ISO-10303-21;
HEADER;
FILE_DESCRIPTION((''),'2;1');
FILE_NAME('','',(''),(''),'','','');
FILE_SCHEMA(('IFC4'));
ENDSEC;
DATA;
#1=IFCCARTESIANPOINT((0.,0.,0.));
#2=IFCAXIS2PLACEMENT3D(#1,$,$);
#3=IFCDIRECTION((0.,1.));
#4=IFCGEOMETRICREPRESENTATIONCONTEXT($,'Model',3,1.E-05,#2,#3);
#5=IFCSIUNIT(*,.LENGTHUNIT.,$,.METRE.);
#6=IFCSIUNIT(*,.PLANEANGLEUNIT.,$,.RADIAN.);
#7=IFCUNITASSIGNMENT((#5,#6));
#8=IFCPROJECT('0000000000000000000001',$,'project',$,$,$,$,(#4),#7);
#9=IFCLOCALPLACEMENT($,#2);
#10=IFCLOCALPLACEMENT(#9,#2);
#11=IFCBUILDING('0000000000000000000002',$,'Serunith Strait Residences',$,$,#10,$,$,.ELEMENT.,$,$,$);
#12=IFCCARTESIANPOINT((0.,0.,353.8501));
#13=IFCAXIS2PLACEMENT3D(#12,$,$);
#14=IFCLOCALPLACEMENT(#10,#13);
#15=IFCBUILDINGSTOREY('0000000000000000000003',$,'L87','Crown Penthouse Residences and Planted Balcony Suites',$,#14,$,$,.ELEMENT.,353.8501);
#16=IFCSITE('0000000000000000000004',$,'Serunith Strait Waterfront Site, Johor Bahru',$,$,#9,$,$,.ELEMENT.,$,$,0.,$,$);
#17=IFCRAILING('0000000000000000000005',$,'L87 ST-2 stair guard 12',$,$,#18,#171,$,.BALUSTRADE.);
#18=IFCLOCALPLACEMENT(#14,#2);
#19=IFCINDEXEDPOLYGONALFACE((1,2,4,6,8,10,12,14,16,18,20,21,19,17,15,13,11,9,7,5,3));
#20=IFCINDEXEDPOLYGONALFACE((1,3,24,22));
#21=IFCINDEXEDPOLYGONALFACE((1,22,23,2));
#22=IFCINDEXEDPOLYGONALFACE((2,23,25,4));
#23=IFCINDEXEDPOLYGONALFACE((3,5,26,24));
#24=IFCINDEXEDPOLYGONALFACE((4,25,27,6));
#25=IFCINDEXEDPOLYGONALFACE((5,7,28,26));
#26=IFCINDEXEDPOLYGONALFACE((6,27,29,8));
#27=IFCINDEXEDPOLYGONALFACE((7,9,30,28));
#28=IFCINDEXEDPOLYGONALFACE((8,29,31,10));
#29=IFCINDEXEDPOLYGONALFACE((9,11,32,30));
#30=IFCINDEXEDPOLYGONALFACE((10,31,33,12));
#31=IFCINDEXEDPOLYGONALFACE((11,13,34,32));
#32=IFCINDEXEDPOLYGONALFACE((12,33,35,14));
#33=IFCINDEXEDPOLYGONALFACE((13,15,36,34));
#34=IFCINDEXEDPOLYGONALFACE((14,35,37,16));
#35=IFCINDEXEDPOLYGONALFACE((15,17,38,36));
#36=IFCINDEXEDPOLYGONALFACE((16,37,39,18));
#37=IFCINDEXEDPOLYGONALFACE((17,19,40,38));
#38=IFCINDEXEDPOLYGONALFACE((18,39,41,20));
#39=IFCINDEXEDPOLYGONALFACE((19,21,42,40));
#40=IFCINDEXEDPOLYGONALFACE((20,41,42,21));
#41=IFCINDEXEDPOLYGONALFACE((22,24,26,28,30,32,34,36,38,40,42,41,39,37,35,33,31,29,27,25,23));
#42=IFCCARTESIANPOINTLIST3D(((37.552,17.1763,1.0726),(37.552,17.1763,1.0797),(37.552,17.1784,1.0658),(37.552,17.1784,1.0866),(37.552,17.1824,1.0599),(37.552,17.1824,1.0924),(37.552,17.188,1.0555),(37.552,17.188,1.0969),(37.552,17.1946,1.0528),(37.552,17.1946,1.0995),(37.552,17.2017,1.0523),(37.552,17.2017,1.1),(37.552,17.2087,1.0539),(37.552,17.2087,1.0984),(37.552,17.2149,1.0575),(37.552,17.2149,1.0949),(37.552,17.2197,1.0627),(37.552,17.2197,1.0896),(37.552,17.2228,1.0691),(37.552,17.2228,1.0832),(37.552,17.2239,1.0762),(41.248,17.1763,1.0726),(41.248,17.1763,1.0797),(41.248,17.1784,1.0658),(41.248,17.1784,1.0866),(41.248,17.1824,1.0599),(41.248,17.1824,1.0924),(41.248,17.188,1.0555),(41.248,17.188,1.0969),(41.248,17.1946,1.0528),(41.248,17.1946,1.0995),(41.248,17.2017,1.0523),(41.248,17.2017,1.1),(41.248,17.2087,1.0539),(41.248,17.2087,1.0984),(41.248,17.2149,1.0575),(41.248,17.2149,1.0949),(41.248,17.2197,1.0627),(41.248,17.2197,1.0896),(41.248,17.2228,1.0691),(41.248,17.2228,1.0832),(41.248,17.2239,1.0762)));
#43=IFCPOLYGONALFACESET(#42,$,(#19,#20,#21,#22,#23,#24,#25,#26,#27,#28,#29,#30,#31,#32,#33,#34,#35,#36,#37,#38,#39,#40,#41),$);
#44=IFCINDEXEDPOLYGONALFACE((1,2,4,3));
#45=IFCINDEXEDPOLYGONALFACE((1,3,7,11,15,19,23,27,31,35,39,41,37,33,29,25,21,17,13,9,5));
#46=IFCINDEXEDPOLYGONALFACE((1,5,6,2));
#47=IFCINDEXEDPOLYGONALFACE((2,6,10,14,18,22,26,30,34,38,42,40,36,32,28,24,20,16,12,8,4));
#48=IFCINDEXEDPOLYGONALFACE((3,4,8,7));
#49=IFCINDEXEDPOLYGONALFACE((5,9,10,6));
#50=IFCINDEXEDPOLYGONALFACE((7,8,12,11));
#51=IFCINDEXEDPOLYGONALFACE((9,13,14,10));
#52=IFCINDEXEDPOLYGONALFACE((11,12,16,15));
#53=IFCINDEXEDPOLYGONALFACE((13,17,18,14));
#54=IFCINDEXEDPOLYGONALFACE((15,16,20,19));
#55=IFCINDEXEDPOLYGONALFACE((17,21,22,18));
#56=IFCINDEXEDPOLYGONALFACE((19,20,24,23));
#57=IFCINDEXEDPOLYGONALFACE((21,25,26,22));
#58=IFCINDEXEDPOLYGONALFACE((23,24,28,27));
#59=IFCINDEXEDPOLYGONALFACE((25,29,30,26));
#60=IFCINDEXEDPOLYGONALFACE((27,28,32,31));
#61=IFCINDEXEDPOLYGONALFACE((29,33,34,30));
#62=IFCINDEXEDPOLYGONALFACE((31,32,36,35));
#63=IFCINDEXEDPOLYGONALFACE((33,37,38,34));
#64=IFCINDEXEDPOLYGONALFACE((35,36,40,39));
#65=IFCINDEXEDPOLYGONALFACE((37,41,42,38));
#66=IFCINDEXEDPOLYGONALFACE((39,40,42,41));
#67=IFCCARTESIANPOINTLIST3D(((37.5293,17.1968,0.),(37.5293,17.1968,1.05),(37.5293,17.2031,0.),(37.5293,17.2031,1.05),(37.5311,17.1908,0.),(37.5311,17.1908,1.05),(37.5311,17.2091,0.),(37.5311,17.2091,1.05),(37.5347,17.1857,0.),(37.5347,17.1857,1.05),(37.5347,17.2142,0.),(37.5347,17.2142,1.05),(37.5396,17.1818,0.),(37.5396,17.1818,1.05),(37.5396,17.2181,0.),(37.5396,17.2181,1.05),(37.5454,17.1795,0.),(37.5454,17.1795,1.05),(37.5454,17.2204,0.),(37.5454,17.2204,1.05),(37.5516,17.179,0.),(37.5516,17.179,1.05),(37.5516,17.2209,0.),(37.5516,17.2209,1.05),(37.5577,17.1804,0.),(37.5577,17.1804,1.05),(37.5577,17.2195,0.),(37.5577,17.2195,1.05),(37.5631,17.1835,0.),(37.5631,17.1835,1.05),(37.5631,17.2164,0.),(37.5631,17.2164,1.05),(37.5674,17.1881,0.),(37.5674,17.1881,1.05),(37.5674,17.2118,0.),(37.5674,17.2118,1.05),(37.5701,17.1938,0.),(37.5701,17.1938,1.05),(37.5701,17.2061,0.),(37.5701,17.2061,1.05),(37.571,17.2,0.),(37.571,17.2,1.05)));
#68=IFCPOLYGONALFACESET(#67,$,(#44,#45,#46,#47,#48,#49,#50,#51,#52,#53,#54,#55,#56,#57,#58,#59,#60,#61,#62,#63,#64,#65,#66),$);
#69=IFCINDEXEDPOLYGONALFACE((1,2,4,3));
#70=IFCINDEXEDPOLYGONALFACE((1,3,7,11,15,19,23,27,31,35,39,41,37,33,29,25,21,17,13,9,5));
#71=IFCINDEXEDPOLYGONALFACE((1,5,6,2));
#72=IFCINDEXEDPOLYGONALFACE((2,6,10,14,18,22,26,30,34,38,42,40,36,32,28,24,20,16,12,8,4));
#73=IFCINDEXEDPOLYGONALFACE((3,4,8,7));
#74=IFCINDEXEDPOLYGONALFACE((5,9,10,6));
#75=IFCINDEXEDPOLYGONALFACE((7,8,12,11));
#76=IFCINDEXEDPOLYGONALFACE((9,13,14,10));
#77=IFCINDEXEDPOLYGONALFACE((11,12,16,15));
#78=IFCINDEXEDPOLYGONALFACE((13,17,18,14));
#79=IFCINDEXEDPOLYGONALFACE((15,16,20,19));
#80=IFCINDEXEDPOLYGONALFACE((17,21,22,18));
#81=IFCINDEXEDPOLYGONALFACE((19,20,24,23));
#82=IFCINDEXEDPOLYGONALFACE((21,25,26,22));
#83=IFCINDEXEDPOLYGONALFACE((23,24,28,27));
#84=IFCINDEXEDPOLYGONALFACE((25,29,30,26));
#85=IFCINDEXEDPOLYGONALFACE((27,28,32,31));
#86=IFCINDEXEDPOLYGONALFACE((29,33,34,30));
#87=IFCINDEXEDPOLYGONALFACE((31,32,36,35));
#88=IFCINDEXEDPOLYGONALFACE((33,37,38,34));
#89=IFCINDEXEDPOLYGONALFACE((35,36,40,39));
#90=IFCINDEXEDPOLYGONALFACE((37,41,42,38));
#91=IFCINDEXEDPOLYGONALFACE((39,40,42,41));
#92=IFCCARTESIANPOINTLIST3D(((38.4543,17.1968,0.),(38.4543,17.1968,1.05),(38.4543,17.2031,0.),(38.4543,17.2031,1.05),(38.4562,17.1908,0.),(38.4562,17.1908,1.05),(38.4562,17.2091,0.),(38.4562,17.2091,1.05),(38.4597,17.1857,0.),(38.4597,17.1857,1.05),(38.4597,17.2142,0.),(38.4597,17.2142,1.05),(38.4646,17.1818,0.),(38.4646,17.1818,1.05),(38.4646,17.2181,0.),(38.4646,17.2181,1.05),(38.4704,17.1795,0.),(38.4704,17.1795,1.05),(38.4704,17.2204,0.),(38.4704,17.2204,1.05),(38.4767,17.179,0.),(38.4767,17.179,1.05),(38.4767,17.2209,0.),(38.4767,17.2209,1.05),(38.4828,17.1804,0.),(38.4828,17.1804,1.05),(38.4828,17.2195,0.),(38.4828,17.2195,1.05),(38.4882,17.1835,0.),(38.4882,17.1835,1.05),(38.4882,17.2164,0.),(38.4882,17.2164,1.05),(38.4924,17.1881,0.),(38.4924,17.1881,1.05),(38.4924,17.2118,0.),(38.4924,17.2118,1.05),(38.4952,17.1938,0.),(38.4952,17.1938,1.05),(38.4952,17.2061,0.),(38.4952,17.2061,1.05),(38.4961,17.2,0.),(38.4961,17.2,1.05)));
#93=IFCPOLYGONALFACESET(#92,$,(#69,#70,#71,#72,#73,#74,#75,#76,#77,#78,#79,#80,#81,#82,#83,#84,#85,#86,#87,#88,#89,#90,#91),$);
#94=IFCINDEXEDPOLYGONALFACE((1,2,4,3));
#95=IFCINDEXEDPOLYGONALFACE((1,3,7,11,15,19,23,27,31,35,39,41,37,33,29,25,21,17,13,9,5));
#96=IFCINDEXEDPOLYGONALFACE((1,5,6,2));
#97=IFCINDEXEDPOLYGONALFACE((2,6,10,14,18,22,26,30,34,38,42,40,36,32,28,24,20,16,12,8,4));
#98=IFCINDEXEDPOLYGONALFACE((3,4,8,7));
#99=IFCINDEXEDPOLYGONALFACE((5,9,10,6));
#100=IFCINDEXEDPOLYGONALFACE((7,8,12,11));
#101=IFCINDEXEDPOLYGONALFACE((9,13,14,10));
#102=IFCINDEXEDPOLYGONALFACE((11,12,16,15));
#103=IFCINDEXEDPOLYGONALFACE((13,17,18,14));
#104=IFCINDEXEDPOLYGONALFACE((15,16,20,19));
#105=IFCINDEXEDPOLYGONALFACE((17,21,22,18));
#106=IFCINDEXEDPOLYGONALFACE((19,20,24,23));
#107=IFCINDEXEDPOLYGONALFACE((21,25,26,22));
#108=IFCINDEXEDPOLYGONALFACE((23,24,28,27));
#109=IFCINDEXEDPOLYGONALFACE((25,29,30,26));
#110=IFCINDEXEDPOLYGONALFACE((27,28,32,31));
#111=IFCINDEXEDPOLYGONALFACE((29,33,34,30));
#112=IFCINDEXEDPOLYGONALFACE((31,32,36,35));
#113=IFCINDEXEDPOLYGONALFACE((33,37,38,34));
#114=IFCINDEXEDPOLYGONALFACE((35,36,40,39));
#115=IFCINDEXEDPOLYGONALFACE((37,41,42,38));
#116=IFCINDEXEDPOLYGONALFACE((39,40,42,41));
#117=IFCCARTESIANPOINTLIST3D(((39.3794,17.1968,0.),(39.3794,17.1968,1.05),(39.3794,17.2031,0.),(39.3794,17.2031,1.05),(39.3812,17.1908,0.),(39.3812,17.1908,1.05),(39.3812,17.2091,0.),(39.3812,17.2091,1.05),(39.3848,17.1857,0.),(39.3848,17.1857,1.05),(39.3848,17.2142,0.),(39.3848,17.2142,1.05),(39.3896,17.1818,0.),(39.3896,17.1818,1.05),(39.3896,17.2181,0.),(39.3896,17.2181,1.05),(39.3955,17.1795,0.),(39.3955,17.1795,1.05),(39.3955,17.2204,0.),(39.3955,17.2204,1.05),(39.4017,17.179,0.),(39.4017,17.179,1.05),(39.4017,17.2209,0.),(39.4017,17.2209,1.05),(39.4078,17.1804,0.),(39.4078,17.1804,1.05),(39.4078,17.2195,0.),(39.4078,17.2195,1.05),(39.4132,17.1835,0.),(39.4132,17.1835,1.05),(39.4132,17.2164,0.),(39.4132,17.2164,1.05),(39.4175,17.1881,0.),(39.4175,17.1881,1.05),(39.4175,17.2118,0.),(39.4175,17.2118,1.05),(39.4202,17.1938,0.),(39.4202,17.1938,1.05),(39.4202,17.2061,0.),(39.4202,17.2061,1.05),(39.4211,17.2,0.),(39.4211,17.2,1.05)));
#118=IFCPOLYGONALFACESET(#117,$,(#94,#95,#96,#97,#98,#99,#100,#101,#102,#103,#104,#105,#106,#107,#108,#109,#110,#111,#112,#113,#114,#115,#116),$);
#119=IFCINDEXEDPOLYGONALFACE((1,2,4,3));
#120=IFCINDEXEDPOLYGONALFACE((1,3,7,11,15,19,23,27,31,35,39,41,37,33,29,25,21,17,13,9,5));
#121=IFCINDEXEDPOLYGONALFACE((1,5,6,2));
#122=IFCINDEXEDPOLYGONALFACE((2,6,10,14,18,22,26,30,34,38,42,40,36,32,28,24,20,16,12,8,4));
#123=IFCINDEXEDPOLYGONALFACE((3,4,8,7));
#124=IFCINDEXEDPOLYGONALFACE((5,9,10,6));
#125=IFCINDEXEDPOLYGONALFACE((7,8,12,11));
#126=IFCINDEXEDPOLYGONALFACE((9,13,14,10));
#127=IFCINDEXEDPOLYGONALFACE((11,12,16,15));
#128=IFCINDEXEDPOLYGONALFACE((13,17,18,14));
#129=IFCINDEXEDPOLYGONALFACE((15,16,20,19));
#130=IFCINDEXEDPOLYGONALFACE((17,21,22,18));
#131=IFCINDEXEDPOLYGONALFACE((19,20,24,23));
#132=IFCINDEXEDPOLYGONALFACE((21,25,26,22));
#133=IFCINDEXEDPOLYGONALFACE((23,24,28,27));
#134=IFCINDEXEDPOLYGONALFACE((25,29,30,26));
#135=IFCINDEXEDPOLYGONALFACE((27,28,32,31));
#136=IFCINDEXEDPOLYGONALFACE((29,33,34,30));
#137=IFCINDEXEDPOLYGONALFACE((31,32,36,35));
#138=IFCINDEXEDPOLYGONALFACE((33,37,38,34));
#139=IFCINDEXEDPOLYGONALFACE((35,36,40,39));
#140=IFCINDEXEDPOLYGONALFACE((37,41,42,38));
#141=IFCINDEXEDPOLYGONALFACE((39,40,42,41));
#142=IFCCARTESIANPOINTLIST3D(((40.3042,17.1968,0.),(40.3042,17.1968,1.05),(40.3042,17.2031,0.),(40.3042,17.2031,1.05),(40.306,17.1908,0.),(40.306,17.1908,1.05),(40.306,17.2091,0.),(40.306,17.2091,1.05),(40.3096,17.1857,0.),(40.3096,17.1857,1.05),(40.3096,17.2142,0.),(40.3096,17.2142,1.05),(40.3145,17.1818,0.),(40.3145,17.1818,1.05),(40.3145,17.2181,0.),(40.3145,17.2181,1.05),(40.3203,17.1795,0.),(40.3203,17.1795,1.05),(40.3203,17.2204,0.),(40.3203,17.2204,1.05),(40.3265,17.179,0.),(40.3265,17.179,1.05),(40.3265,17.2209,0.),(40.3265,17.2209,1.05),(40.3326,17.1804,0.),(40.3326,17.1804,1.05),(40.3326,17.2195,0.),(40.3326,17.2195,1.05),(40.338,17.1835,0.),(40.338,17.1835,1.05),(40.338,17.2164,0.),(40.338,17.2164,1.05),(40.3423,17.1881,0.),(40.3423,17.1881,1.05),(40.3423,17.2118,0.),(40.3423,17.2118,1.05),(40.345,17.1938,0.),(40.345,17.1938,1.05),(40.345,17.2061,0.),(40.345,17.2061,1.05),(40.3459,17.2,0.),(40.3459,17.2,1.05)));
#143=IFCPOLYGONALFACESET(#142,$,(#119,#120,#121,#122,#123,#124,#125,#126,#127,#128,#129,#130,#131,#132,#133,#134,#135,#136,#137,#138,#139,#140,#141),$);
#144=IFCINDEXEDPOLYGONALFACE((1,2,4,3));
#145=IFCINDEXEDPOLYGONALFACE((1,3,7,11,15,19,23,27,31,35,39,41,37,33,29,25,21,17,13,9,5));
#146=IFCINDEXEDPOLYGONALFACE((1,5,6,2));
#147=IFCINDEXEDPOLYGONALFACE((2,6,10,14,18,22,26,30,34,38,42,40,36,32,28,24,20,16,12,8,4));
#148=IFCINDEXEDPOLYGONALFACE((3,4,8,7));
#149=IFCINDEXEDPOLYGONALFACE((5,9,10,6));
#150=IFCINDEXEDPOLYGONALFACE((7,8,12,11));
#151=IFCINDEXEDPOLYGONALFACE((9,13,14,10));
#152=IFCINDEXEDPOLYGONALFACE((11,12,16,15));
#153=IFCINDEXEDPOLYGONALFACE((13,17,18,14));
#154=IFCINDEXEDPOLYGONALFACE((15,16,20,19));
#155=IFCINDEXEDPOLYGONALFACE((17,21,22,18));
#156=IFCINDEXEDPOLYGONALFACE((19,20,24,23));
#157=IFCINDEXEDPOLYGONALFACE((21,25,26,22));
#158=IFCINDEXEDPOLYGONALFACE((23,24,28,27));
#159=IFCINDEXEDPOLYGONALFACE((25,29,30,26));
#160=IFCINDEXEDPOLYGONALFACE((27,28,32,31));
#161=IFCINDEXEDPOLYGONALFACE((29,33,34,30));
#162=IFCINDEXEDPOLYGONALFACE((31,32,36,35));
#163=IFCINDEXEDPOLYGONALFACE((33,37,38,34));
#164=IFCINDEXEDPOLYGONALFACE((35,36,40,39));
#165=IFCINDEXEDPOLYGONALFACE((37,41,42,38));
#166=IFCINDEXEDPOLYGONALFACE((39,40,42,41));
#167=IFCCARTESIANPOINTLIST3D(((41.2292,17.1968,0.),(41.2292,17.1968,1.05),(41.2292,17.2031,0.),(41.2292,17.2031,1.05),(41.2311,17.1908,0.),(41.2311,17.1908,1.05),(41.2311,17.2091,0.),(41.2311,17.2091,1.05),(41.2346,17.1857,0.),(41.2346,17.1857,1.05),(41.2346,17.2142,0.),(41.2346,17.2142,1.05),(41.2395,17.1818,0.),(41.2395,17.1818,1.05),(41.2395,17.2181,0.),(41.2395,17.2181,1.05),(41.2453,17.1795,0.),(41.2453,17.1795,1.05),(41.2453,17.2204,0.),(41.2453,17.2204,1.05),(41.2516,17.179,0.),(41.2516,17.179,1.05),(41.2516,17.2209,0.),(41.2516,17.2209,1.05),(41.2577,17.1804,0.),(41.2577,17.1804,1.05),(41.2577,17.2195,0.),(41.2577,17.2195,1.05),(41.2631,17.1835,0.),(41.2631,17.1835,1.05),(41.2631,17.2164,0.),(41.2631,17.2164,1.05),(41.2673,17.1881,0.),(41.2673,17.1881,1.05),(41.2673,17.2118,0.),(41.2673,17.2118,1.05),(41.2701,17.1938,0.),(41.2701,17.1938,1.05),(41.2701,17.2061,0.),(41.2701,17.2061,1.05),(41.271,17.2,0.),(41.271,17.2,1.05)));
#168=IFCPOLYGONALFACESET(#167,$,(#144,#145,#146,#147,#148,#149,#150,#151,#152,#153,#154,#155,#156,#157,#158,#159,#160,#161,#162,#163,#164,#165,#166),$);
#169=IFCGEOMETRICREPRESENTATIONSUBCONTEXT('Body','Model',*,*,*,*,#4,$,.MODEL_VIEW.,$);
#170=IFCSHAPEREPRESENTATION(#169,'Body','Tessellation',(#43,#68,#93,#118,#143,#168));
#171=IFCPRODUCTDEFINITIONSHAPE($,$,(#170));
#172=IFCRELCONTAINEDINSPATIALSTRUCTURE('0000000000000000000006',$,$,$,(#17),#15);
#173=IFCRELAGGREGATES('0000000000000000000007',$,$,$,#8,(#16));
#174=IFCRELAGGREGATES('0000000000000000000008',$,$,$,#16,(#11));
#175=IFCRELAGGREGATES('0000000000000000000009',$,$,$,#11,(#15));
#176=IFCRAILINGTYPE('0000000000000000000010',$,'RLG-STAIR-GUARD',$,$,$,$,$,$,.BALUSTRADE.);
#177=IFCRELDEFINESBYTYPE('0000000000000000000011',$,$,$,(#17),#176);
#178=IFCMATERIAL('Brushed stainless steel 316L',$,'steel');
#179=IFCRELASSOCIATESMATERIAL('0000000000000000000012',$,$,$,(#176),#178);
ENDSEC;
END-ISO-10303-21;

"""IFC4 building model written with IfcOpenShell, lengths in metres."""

from ifc_helpers import new_model, si_unit, direction, frame, origin, origin_2d, place, context, subcontext, project, spatial, circle, extrude, material, type_object, element, save


model = new_model("IFC4")

# Units and contexts
model_context = context("Model", 3, precision=1e-05, world=origin(), true_north=direction((0.0, 1.0)))
body_context = subcontext(model_context, "Body", "Model", "MODEL_VIEW")
ifc_project = project(units=[si_unit("LENGTHUNIT", "METRE"), si_unit("PLANEANGLEUNIT", "RADIAN")], contexts=[model_context])

# Site, building, storey
site_placement = place(None, origin())
site = spatial("IfcSite", under=ifc_project, at=site_placement, Name="Serunith Strait Waterfront Site, Johor Bahru", CompositionType="ELEMENT", RefElevation=0.0)
building_placement = place(site_placement, origin())
building = spatial("IfcBuilding", under=site, at=building_placement, Name="Serunith Strait Residences", CompositionType="ELEMENT")
storey_placement = place(building_placement, frame((0.0, 0.0, 353.8501)))
storey = spatial("IfcBuildingStorey", under=building, at=storey_placement, Name="L87", Description="Crown Penthouse Residences and Planted Balcony Suites", CompositionType="ELEMENT", Elevation=353.8501)

# Railing
ifc_material_1 = material(Name="Brushed stainless steel 316L", Category="steel")
railing_type_1 = type_object("IfcRailingType", Name="RLG-STAIR-GUARD", PredefinedType="BALUSTRADE", material=ifc_material_1)
railing_1_placement = place(storey_placement, frame((37.55, 17.2, 0.0)))
element("IfcRailing", 1, at=railing_1_placement, inside=storey, type_object=railing_type_1, Name="L87 ST-2 stair guard 12", PredefinedType="BALUSTRADE", context=body_context, shape_type="SweptSolid", body=[
    extrude(circle(Radius=0.0239, at=origin_2d()), frame((0.002, 0.0, 1.0762), z_axis=(1.0, 0.0, 0.0), x_axis=(0.0, 1.0, 0.0)), (0.0, 0.0, 1.0), 3.696),
    extrude(circle(Radius=0.021, at=origin_2d()), origin(), (0.0, 0.0, 1.0), 1.05),
    extrude(circle(Radius=0.021, at=origin_2d()), frame((0.925, 0.0, 0.0)), (0.0, 0.0, 1.0), 1.05),
    extrude(circle(Radius=0.021, at=origin_2d()), frame((1.8501, 0.0, 0.0)), (0.0, 0.0, 1.0), 1.05),
    extrude(circle(Radius=0.021, at=origin_2d()), frame((2.7749, 0.0, 0.0)), (0.0, 0.0, 1.0), 1.05),
    extrude(circle(Radius=0.021, at=origin_2d()), frame((3.7, 0.0, 0.0)), (0.0, 0.0, 1.0), 1.05),
])

save(model, "model.ifc")
